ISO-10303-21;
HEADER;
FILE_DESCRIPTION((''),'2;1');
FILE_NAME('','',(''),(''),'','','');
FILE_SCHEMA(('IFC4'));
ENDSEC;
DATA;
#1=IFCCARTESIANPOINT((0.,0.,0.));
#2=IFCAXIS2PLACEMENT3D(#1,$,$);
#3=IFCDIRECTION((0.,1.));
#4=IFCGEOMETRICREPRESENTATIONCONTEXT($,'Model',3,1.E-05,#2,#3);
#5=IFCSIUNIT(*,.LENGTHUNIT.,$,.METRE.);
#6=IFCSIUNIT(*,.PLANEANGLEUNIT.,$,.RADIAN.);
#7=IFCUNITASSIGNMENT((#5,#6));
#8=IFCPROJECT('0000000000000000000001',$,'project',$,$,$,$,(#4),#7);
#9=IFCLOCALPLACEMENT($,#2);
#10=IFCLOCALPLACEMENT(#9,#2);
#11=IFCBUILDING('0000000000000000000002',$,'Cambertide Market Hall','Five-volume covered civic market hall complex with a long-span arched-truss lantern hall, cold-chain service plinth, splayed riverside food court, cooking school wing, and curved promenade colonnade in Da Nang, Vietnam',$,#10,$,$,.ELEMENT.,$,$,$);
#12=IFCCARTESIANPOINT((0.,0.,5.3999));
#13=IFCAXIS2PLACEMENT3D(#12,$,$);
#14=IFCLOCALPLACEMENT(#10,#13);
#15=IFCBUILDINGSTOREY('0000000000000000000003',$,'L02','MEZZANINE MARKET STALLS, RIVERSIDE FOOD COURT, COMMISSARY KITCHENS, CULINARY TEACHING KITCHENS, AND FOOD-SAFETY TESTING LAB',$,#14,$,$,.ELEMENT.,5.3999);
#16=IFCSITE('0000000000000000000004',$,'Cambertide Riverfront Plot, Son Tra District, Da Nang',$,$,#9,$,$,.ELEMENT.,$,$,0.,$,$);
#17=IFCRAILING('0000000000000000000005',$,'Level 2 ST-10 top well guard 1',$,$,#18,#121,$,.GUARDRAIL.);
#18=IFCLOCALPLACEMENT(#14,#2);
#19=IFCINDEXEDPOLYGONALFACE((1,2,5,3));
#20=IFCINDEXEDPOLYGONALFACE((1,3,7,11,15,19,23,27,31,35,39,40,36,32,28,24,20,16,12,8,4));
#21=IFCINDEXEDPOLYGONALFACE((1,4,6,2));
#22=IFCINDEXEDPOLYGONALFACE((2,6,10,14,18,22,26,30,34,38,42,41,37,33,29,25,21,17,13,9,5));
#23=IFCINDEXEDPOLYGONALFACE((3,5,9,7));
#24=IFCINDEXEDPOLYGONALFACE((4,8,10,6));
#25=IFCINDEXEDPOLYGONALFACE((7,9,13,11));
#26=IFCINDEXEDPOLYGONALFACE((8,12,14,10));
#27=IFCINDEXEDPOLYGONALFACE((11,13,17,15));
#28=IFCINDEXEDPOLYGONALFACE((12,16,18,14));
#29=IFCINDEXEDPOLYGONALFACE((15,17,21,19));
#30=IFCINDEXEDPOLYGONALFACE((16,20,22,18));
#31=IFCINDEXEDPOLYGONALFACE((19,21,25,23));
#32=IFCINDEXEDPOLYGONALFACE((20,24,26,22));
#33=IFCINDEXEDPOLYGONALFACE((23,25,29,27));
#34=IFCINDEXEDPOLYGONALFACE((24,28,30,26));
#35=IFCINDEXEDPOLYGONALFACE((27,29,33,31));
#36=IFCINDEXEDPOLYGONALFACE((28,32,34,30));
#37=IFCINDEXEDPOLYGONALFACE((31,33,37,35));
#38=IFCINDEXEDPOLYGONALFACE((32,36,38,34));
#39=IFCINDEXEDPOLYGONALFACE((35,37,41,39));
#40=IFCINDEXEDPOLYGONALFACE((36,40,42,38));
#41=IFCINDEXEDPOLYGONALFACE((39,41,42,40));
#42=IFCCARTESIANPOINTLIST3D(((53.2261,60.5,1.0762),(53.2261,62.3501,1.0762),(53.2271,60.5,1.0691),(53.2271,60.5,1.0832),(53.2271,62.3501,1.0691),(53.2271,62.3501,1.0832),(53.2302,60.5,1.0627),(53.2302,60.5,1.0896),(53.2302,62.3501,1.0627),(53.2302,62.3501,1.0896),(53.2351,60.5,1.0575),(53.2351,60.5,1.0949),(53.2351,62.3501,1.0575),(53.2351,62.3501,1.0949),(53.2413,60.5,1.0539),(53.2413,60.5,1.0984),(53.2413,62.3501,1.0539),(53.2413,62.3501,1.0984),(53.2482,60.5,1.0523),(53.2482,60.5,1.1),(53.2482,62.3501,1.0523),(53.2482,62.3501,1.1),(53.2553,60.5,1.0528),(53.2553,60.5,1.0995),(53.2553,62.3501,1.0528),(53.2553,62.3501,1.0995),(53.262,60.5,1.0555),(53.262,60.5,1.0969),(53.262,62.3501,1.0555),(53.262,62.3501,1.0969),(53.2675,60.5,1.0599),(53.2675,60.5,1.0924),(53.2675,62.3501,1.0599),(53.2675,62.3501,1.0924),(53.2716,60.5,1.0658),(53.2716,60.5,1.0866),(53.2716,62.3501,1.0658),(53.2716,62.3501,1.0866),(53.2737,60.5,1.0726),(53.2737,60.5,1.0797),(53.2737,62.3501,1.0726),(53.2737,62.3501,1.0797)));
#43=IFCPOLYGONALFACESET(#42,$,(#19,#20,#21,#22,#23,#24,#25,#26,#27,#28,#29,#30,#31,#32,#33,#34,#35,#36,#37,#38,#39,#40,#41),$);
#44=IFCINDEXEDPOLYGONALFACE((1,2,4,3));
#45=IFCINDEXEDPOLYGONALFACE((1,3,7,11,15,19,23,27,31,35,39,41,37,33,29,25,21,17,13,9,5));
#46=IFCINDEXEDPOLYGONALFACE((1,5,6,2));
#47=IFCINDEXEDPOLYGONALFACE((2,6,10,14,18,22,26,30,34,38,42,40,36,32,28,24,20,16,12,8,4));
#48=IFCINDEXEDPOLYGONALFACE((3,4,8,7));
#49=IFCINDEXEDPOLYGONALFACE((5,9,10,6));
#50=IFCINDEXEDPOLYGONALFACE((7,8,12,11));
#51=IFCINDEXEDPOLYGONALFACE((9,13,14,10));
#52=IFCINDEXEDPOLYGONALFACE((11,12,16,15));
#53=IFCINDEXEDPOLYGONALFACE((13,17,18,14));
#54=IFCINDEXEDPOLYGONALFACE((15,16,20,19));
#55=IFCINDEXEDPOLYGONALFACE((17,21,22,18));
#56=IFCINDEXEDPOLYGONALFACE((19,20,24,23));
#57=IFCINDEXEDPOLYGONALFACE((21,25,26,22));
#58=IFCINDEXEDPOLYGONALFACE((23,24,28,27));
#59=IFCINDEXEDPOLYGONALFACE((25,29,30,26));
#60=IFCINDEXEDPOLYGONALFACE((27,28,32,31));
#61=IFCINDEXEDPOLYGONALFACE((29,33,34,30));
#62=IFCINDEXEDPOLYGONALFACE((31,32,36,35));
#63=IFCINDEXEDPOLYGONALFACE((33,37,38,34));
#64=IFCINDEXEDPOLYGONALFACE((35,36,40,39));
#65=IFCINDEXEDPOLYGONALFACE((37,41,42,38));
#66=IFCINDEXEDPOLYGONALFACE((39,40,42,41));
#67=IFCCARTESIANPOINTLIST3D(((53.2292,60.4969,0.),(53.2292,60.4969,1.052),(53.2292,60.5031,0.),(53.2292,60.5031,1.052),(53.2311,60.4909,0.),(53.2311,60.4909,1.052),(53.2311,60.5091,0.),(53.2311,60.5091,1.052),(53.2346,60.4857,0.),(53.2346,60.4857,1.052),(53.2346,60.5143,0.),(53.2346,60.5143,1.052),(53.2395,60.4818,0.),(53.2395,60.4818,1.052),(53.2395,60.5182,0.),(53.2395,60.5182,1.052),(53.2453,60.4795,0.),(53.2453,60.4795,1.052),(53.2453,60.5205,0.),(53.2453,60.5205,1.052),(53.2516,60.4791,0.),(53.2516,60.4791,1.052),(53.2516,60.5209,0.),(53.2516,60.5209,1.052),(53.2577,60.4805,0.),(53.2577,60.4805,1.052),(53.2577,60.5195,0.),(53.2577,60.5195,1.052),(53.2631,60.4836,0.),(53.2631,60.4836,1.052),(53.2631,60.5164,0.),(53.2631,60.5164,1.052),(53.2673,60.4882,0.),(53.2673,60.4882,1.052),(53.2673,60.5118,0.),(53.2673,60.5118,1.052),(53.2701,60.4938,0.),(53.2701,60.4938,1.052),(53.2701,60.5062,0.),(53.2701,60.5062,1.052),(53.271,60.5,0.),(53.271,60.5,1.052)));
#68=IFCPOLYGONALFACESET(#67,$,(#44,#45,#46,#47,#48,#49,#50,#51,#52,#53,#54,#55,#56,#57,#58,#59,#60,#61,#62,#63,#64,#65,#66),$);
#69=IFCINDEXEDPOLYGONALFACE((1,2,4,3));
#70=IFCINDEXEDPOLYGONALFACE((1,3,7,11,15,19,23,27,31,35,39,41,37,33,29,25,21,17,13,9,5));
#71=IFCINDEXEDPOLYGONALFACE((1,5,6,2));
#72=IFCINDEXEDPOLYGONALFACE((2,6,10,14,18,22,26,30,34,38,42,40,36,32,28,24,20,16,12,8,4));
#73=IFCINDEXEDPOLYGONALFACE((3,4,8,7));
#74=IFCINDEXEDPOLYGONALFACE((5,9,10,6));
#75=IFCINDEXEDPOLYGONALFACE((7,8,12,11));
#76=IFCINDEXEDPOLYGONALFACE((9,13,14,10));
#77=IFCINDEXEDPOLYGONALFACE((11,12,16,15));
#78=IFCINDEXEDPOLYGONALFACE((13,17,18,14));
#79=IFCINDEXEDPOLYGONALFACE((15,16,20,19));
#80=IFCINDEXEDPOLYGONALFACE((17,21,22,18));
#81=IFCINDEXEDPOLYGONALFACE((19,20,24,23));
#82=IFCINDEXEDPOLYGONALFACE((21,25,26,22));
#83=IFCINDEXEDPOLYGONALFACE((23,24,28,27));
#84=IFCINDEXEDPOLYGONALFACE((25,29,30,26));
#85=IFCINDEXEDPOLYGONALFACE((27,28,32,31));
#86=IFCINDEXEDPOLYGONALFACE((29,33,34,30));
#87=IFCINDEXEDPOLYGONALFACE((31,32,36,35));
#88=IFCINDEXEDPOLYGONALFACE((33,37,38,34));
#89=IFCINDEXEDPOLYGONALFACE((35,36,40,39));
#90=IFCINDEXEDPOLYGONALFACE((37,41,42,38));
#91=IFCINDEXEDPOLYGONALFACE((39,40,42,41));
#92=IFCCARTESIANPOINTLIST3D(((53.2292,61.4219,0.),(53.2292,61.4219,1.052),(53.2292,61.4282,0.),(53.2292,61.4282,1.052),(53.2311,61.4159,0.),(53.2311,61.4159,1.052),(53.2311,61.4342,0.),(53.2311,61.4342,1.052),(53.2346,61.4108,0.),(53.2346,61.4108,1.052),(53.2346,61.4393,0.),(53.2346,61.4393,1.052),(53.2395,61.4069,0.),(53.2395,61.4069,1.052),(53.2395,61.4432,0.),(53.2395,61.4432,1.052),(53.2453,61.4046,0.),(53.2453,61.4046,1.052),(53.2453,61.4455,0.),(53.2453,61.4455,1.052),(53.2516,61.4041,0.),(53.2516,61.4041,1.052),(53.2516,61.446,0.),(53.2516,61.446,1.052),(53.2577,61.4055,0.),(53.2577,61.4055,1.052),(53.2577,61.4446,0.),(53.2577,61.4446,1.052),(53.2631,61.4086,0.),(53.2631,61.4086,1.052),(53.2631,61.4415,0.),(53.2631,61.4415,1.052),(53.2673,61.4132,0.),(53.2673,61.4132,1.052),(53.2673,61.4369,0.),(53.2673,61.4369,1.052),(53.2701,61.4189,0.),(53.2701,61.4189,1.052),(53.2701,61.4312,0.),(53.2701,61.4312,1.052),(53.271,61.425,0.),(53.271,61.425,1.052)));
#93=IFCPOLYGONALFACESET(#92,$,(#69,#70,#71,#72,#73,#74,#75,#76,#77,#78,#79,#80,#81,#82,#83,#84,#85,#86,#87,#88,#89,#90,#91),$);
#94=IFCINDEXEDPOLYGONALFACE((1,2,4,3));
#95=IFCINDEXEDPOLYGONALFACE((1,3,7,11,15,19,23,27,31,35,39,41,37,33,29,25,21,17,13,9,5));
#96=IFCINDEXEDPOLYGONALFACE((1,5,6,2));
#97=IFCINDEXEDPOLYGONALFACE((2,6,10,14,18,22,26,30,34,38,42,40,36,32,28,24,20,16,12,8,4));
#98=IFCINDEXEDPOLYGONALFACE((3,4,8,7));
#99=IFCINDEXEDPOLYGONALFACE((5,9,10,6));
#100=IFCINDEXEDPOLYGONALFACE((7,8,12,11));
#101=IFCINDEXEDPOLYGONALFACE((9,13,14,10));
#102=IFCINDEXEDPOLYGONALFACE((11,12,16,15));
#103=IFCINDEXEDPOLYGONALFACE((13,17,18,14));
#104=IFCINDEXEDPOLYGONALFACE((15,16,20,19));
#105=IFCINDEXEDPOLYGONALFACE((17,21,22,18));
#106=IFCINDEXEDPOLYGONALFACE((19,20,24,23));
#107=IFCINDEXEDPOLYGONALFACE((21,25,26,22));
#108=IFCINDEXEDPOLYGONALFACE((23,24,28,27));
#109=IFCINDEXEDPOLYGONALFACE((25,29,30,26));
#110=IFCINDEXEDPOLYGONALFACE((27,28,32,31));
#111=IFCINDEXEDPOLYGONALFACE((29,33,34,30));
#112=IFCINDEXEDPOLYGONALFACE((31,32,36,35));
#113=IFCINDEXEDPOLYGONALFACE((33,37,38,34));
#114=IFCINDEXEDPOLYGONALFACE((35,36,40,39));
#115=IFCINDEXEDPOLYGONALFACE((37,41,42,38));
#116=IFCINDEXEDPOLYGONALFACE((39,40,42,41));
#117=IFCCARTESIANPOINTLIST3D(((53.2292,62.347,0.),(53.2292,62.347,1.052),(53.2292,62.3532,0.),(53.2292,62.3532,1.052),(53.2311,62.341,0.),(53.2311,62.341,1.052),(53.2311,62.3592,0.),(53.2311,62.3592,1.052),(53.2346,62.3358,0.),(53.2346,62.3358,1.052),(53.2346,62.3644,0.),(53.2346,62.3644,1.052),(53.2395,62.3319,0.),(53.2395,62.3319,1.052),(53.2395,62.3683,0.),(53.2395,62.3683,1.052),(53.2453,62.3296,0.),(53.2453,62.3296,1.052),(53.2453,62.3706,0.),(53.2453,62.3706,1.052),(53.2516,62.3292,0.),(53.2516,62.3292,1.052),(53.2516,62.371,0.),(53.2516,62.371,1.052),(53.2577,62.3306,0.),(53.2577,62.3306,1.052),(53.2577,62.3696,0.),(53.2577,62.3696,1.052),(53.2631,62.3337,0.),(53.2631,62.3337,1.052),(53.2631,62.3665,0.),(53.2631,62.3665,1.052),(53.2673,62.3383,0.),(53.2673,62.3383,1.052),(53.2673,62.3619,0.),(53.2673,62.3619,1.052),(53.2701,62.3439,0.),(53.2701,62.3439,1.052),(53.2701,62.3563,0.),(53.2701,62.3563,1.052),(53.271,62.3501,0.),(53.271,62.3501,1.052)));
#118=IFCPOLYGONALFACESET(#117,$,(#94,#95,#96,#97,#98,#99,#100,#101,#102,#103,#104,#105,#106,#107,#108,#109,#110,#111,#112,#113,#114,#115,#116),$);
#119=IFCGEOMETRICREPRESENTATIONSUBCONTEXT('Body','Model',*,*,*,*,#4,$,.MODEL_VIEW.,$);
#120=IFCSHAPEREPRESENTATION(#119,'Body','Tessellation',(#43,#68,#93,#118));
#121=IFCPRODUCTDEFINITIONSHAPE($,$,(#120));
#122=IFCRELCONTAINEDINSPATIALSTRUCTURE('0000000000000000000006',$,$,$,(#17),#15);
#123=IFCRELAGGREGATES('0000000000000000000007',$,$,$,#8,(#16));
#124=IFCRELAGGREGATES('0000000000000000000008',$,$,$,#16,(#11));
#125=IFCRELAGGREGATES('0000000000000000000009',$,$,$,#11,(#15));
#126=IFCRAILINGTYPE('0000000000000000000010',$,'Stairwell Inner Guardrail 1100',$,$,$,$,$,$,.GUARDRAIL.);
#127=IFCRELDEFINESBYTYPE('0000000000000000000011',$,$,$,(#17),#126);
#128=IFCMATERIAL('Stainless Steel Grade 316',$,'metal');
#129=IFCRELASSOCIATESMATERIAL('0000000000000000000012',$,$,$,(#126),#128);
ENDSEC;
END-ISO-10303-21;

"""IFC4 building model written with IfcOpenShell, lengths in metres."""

from ifc_helpers import new_model, si_unit, direction, frame, origin, origin_2d, place, context, subcontext, project, spatial, circle, extrude, material, type_object, element, save


model = new_model("IFC4")

# Units and contexts
model_context = context("Model", 3, precision=1e-05, world=origin(), true_north=direction((0.0, 1.0)))
body_context = subcontext(model_context, "Body", "Model", "MODEL_VIEW")
ifc_project = project(units=[si_unit("LENGTHUNIT", "METRE"), si_unit("PLANEANGLEUNIT", "RADIAN")], contexts=[model_context])

# Site, building, storey
site_placement = place(None, origin())
site = spatial("IfcSite", under=ifc_project, at=site_placement, Name="Cambertide Riverfront Plot, Son Tra District, Da Nang", CompositionType="ELEMENT", RefElevation=0.0)
building_placement = place(site_placement, origin())
building = spatial("IfcBuilding", under=site, at=building_placement, Name="Cambertide Market Hall", Description="Five-volume covered civic market hall complex with a long-span arched-truss lantern hall, cold-chain service plinth, splayed riverside food court, cooking school wing, and curved promenade colonnade in Da Nang, Vietnam", CompositionType="ELEMENT")
storey_placement = place(building_placement, frame((0.0, 0.0, 5.3999)))
storey = spatial("IfcBuildingStorey", under=building, at=storey_placement, Name="L02", Description="MEZZANINE MARKET STALLS, RIVERSIDE FOOD COURT, COMMISSARY KITCHENS, CULINARY TEACHING KITCHENS, AND FOOD-SAFETY TESTING LAB", CompositionType="ELEMENT", Elevation=5.3999)

# Railing
ifc_material_1 = material(Name="Stainless Steel Grade 316", Category="metal")
railing_type = type_object("IfcRailingType", Name="Stairwell Inner Guardrail 1100", PredefinedType="GUARDRAIL", material=ifc_material_1)
railing_1_placement = place(storey_placement, frame((53.25, 60.5, 0.0)))
element("IfcRailing", 1, at=railing_1_placement, inside=storey, type_object=railing_type, Name="Level 2 ST-10 top well guard 1", PredefinedType="GUARDRAIL", context=body_context, shape_type="SweptSolid", body=[
    extrude(circle(Radius=0.0239, at=origin_2d()), frame((0.0, 0.0, 1.0762), z_axis=(0.0, 1.0, 0.0), x_axis=(-1.0, 0.0, 0.0)), (0.0, 0.0, 1.0), 1.8501),
    extrude(circle(Radius=0.021, at=origin_2d()), origin(), (0.0, 0.0, 1.0), 1.052),
    extrude(circle(Radius=0.021, at=origin_2d()), frame((0.0, 0.925, 0.0)), (0.0, 0.0, 1.0), 1.052),
    extrude(circle(Radius=0.021, at=origin_2d()), frame((0.0, 1.8501, 0.0)), (0.0, 0.0, 1.0), 1.052),
])

save(model, "model.ifc")
